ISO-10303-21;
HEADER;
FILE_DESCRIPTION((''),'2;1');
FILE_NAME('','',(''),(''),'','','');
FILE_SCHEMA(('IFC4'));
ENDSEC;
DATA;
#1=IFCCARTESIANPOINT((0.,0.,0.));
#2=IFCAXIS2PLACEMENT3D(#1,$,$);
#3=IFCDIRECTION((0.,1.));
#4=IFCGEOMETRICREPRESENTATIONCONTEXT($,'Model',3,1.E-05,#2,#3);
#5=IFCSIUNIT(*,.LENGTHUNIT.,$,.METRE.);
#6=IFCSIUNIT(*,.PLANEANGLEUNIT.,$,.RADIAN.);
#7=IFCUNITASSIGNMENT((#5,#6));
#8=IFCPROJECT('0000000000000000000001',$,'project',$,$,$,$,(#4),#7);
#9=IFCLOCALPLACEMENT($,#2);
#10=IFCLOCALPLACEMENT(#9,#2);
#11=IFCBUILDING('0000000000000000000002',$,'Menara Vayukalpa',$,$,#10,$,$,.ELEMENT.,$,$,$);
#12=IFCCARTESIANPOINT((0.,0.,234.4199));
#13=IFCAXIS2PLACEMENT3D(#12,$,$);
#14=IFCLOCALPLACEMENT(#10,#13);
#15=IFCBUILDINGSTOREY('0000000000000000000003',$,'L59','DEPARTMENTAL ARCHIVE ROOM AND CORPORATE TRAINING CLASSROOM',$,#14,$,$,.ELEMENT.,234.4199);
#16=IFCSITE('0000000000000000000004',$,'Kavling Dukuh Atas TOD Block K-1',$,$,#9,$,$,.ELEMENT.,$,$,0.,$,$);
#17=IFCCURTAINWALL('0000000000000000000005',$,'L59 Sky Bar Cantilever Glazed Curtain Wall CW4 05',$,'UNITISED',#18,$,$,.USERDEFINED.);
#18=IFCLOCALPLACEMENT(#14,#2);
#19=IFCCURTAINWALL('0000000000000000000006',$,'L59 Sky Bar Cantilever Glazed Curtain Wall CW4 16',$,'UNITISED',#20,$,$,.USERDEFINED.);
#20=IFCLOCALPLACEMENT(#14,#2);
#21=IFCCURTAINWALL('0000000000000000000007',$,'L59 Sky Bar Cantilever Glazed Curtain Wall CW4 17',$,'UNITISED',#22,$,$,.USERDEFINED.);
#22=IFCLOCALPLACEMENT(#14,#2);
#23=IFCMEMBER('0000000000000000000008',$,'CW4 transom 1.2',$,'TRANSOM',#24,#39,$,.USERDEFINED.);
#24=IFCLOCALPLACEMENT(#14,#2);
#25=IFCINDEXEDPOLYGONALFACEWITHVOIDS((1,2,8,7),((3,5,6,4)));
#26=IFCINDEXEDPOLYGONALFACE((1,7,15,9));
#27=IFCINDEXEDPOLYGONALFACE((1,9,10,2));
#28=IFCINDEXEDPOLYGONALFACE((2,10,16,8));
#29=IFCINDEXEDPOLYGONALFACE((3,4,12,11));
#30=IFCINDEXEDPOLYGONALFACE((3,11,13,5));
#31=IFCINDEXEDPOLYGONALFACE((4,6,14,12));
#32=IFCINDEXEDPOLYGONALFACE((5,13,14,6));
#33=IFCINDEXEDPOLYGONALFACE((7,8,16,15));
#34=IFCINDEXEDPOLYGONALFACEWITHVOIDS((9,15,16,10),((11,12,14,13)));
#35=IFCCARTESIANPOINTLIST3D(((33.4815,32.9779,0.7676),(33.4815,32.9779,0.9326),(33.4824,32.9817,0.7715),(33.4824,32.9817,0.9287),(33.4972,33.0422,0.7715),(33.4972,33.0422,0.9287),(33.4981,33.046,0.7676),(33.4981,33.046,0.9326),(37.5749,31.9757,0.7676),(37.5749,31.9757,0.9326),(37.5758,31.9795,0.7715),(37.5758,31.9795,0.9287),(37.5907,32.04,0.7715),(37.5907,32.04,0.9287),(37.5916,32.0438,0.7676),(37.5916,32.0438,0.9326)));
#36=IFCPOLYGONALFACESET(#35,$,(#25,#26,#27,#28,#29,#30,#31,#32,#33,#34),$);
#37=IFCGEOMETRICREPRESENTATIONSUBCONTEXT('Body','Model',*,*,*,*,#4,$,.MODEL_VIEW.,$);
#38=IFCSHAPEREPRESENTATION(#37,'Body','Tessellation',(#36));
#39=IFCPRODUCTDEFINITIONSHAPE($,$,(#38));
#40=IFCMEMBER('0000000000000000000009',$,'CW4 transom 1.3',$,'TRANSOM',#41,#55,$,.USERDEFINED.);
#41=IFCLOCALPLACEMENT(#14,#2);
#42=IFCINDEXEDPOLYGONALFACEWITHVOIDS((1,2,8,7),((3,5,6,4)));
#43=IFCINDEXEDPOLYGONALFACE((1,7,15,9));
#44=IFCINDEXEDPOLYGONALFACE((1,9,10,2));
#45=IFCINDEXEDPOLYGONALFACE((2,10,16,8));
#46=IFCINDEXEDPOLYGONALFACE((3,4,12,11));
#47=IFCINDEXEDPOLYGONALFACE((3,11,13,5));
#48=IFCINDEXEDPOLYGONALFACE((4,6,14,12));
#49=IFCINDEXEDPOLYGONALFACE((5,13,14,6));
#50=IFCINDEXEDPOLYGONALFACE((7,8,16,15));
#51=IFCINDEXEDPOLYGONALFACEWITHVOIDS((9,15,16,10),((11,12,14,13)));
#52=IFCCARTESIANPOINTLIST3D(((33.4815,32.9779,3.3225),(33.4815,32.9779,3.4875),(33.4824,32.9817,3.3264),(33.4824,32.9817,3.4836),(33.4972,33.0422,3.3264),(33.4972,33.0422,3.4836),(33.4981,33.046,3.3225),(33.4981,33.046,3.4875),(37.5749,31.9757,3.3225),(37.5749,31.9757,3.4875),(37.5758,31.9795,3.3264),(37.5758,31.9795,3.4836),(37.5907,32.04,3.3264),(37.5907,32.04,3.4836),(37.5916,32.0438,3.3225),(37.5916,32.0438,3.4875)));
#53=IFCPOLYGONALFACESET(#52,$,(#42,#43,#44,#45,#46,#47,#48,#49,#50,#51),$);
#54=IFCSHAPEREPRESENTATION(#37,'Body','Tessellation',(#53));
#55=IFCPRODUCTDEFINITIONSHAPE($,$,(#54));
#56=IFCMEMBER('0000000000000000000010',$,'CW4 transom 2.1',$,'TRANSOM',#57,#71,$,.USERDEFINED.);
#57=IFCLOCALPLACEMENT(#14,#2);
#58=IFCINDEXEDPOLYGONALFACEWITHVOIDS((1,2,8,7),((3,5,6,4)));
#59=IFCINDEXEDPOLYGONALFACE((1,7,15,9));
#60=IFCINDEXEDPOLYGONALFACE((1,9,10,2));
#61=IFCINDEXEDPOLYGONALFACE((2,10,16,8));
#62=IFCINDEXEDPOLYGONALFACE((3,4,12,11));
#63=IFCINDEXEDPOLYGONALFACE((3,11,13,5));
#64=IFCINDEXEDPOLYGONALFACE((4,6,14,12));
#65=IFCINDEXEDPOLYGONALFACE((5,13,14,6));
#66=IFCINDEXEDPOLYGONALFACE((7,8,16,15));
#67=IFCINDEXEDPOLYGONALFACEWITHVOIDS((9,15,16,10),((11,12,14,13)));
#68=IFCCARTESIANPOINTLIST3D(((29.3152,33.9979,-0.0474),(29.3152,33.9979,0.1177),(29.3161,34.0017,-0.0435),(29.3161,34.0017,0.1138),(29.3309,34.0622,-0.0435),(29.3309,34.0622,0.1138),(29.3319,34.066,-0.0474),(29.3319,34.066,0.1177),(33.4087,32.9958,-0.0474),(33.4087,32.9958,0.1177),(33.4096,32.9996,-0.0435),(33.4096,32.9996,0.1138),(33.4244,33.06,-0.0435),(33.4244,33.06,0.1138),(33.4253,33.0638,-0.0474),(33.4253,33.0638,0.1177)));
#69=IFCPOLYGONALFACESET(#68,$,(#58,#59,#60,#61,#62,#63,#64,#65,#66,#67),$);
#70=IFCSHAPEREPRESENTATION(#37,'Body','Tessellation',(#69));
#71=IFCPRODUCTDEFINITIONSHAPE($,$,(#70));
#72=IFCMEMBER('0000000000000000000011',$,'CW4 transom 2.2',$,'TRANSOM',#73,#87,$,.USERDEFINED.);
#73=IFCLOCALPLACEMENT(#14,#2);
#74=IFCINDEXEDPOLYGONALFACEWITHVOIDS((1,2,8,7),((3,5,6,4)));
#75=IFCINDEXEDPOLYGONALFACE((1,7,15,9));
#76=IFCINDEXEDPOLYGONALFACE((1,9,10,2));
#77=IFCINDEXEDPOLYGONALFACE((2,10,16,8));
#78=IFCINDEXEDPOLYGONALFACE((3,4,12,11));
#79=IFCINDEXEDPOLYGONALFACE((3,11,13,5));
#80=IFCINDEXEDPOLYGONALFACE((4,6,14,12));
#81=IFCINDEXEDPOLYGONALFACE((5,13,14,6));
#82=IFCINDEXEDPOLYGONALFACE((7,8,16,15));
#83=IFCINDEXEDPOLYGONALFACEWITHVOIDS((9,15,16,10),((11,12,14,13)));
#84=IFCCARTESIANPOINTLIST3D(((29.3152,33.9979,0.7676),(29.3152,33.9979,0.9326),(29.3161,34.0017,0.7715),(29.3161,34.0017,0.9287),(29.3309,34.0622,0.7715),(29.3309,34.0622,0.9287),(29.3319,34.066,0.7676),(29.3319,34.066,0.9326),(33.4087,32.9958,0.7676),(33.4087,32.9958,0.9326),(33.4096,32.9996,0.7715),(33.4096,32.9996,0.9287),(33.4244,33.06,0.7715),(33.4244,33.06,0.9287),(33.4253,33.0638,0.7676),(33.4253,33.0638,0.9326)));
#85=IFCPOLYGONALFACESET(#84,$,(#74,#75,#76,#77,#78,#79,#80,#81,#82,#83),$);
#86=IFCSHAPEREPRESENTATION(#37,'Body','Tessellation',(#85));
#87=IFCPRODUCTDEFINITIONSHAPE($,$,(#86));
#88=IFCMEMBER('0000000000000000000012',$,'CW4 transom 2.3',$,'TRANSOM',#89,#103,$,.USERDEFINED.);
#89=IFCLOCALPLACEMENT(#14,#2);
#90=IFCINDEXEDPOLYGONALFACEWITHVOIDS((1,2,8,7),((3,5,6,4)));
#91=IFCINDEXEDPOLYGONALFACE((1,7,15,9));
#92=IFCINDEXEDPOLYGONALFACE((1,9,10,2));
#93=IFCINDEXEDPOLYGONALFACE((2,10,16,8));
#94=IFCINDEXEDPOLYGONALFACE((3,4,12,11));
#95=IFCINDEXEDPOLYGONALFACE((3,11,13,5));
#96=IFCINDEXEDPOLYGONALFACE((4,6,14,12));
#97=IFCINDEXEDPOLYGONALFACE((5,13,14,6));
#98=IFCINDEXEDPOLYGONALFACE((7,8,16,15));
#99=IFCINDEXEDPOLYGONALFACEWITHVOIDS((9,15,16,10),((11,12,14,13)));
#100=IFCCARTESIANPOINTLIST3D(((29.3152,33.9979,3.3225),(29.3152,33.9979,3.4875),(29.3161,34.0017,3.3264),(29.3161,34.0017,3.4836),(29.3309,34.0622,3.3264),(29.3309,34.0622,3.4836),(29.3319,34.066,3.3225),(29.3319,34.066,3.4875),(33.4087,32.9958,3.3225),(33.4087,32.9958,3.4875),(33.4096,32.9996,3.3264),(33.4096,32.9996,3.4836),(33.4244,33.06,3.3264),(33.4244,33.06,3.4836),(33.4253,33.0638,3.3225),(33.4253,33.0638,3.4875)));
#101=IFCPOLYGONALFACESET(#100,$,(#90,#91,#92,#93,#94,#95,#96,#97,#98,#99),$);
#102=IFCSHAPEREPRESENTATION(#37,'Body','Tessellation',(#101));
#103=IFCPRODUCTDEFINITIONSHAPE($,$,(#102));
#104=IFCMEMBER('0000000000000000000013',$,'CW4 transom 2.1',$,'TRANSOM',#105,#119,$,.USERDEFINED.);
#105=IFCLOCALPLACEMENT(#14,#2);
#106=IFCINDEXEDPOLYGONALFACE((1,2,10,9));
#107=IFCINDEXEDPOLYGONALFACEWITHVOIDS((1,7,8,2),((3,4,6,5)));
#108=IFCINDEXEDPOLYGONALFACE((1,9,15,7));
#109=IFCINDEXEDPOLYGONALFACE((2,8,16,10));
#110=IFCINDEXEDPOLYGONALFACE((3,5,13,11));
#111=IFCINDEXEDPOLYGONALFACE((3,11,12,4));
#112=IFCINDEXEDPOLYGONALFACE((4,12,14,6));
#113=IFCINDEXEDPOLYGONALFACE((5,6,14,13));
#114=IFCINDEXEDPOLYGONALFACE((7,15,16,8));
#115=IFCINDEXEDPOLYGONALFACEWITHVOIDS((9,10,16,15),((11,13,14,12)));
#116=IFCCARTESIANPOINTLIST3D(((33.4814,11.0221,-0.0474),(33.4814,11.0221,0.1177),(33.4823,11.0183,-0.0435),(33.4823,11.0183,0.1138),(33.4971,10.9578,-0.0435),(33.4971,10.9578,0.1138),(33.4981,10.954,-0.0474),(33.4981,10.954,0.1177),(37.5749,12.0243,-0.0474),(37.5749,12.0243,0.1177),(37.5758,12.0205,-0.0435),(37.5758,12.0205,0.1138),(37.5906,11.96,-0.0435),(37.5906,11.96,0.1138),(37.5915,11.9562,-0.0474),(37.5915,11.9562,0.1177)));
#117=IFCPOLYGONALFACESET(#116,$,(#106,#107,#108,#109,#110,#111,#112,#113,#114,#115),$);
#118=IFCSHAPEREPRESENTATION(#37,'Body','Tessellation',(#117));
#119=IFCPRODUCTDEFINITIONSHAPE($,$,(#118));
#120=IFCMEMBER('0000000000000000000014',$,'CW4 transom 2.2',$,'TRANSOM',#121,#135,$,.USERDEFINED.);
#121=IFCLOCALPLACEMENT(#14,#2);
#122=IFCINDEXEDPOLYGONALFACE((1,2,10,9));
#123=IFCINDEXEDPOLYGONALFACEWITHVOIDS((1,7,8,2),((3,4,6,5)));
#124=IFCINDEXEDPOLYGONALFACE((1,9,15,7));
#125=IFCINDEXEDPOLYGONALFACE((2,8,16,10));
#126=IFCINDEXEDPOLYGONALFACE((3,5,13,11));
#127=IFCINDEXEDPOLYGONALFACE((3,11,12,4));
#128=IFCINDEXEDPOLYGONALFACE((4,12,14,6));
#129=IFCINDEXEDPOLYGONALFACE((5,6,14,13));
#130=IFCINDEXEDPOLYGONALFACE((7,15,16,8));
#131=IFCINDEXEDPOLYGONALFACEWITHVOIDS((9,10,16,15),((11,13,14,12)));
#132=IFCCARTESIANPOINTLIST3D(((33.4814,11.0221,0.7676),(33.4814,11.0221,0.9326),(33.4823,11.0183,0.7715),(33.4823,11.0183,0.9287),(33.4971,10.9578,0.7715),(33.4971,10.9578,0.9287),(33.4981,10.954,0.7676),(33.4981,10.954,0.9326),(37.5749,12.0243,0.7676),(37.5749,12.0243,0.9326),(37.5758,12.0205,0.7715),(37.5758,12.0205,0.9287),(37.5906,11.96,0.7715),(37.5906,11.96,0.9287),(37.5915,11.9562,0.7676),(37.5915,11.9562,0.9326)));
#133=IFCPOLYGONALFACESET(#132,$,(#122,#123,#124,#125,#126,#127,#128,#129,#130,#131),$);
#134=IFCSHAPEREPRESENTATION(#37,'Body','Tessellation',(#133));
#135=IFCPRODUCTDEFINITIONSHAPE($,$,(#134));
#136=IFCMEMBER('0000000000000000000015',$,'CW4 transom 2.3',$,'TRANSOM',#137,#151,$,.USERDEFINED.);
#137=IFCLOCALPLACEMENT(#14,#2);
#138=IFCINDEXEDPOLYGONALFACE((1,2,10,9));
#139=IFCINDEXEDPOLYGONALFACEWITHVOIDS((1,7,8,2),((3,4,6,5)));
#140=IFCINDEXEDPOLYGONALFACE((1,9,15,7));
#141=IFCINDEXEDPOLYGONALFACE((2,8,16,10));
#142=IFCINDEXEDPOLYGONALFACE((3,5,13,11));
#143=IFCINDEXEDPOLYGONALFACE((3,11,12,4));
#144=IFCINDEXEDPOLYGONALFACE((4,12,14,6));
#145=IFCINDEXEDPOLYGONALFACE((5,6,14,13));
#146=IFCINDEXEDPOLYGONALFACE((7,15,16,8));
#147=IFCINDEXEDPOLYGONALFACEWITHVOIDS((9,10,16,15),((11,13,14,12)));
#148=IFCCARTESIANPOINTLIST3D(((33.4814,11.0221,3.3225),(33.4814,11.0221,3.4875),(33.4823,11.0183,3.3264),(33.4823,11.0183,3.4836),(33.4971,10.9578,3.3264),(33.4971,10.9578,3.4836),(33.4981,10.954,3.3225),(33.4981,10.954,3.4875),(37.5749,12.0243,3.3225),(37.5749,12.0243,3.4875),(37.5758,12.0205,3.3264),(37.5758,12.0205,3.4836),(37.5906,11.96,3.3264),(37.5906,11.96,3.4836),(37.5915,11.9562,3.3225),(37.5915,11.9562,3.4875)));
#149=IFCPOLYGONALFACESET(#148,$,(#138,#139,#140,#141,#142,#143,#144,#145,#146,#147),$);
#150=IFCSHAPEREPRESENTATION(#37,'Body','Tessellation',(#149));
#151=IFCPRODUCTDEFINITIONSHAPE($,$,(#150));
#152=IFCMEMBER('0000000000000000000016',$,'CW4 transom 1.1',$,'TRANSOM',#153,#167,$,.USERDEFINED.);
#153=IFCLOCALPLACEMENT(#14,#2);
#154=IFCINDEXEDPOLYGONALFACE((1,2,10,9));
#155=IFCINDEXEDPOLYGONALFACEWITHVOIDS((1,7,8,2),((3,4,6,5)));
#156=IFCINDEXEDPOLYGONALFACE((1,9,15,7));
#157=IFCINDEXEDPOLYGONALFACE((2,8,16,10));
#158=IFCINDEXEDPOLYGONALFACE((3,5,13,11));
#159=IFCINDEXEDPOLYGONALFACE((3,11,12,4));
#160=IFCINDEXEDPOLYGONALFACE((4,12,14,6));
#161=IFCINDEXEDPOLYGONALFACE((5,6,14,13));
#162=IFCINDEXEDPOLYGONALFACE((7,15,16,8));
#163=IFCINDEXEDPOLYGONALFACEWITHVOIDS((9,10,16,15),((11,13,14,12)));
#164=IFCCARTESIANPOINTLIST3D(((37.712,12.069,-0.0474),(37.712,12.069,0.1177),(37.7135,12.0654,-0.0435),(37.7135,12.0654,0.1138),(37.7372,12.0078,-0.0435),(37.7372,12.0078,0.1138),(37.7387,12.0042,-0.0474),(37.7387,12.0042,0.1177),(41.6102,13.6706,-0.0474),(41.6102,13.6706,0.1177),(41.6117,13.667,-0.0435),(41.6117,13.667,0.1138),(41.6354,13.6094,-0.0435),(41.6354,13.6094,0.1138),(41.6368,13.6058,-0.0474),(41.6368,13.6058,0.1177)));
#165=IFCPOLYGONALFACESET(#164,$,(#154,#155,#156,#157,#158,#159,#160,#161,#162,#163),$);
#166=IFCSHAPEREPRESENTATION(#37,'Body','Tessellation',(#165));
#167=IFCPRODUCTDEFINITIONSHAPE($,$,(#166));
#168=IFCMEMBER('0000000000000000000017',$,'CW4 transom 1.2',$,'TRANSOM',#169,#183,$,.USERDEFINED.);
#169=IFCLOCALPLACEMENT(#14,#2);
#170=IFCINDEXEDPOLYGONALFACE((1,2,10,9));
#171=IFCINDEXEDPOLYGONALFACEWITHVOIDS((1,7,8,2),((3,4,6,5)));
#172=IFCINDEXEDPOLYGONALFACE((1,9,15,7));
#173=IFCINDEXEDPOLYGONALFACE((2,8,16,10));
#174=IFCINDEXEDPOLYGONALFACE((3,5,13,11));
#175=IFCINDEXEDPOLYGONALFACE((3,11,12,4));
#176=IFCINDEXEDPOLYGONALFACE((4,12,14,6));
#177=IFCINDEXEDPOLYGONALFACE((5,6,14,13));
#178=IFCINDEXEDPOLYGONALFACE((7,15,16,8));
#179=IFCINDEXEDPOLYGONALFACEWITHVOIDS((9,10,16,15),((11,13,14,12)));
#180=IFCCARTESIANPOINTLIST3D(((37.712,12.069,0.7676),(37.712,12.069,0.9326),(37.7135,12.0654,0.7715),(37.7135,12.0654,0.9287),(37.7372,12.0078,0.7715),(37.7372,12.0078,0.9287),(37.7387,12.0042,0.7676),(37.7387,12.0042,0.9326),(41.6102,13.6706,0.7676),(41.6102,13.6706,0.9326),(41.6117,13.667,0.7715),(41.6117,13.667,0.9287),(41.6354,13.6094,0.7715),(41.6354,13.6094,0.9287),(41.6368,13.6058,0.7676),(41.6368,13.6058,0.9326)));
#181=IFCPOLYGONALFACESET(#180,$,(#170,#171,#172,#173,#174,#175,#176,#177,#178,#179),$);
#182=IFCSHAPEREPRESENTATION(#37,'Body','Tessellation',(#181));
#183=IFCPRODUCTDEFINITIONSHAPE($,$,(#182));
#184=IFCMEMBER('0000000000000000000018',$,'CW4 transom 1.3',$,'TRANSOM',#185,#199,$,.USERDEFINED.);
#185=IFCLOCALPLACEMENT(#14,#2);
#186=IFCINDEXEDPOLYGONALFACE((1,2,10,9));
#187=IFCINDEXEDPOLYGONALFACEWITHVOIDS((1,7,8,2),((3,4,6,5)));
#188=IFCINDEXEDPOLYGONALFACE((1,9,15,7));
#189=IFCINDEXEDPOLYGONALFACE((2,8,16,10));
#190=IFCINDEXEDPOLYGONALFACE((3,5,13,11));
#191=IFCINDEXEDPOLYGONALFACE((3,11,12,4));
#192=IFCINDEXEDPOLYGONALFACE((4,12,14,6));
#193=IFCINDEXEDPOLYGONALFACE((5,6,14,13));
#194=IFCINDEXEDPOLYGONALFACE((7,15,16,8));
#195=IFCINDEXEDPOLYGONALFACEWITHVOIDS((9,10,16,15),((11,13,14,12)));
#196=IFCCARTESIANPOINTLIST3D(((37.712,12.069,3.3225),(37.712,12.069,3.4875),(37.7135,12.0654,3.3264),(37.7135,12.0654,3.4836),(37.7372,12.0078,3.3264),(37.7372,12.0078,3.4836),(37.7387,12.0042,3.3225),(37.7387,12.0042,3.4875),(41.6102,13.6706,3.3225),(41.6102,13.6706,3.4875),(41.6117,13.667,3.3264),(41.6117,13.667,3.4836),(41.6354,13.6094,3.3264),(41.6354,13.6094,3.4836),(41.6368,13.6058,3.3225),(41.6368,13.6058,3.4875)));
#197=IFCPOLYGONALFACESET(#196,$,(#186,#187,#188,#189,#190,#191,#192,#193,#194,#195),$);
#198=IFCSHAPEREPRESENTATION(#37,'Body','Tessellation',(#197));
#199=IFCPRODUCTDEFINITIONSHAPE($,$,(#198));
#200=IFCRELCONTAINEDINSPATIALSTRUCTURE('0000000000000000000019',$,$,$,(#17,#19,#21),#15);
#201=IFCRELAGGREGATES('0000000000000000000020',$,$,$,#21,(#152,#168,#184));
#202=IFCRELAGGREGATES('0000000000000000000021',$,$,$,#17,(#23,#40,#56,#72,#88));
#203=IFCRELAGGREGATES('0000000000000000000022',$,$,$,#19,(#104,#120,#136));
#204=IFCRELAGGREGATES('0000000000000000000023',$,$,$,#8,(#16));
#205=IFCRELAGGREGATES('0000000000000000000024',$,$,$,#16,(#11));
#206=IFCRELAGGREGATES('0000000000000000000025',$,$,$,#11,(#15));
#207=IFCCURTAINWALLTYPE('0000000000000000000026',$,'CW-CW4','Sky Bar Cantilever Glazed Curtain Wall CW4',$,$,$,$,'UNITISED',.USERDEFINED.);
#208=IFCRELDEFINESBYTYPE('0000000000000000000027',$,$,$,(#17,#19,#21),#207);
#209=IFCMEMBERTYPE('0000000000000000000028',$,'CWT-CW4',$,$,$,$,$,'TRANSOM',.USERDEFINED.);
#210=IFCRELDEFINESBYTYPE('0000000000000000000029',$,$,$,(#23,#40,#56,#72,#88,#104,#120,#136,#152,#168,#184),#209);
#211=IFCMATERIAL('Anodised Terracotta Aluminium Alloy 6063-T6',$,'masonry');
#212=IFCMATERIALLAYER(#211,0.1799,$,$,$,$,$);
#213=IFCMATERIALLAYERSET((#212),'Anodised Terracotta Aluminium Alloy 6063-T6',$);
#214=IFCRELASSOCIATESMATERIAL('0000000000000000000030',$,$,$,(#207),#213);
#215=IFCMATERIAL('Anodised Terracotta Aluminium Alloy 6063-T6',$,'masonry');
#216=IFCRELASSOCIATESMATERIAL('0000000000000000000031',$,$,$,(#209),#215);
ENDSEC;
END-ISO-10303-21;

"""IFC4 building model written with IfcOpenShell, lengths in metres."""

from ifc_helpers import new_model, si_unit, direction, frame, origin, origin_2d, place, context, subcontext, project, spatial, hollow_rectangle, extrude, material, layer, layer_set, material_profile, profile_set, type_object, element, aggregate, save


model = new_model("IFC4")

# Units and contexts
model_context = context("Model", 3, precision=1e-05, world=origin(), true_north=direction((0.0, 1.0)))
body_context = subcontext(model_context, "Body", "Model", "MODEL_VIEW")
ifc_project = project(units=[si_unit("LENGTHUNIT", "METRE"), si_unit("PLANEANGLEUNIT", "RADIAN")], contexts=[model_context])

# Site, building, storey
site_placement = place(None, origin())
site = spatial("IfcSite", under=ifc_project, at=site_placement, Name="Kavling Dukuh Atas TOD Block K-1", CompositionType="ELEMENT", RefElevation=0.0)
building_placement = place(site_placement, origin())
building = spatial("IfcBuilding", under=site, at=building_placement, Name="Menara Vayukalpa", CompositionType="ELEMENT")
storey_placement = place(building_placement, frame((0.0, 0.0, 234.4199)))
storey = spatial("IfcBuildingStorey", under=building, at=storey_placement, Name="L59", Description="DEPARTMENTAL ARCHIVE ROOM AND CORPORATE TRAINING CLASSROOM", CompositionType="ELEMENT", Elevation=234.4199)

# Shared definitions
ifc_material_1 = material(Name="Anodised Terracotta Aluminium Alloy 6063-T6", Category="masonry")
ifc_layer_1 = layer(ifc_material_1, 0.1799)
ifc_layer_set_1 = layer_set([ifc_layer_1], Name="Anodised Terracotta Aluminium Alloy 6063-T6")
curtain_wall_type = type_object("IfcCurtainWallType", Name="CW-CW4", Description="Sky Bar Cantilever Glazed Curtain Wall CW4", ElementType="UNITISED", PredefinedType="USERDEFINED", material=ifc_layer_set_1)

# Curtain walls
curtain_wall_1_placement = place(storey_placement, origin())
curtain_wall_1 = element("IfcCurtainWall", 1, at=curtain_wall_1_placement, inside=storey, type_object=curtain_wall_type, Name="L59 Sky Bar Cantilever Glazed Curtain Wall CW4 05", ObjectType="UNITISED", PredefinedType="USERDEFINED")
curtain_wall_2_placement = place(storey_placement, origin())
curtain_wall_2 = element("IfcCurtainWall", 2, at=curtain_wall_2_placement, inside=storey, type_object=curtain_wall_type, Name="L59 Sky Bar Cantilever Glazed Curtain Wall CW4 16", ObjectType="UNITISED", PredefinedType="USERDEFINED")

# Curtain wall
curtain_wall_3_placement = place(storey_placement, origin())
curtain_wall_3 = element("IfcCurtainWall", 3, at=curtain_wall_3_placement, inside=storey, type_object=curtain_wall_type, Name="L59 Sky Bar Cantilever Glazed Curtain Wall CW4 17", ObjectType="UNITISED", PredefinedType="USERDEFINED")

# Members
ifc_material_2 = material(Name="Anodised Terracotta Aluminium Alloy 6063-T6", Category="masonry")
ifc_material_profile_1 = material_profile(ifc_material_2, hollow_rectangle(XDim=0.0701, YDim=0.165, WallThickness=0.0039, at=origin_2d()), Name="ALU 70x165x4")
ifc_profile_set_1 = profile_set([ifc_material_profile_1], Name="Anodised Terracotta Aluminium Alloy 6063-T6")
member_type_1 = type_object("IfcMemberType", Name="CWT-CW4", ElementType="TRANSOM", PredefinedType="USERDEFINED", material=ifc_profile_set_1)
member_1_placement = place(storey_placement, frame((37.5833, 32.0098, 0.8501), z_axis=(-0.971313, 0.237803, 0.0), x_axis=(-0.237803, -0.971313, 0.0)))
member_1 = element("IfcMember", 4, at=member_1_placement, type_object=member_type_1, Name="CW4 transom 1.2", ObjectType="TRANSOM", PredefinedType="USERDEFINED", context=body_context, shape_type="SweptSolid", body=[
    extrude(hollow_rectangle(XDim=0.0701, YDim=0.165, WallThickness=0.0039, at=origin_2d()), origin(), (0.0, 0.0, 1.0), 4.2144),
])
member_2_placement = place(storey_placement, frame((37.5833, 32.0098, 3.405), z_axis=(-0.971313, 0.237803, 0.0), x_axis=(-0.237803, -0.971313, 0.0)))
member_2 = element("IfcMember", 5, at=member_2_placement, type_object=member_type_1, Name="CW4 transom 1.3", ObjectType="TRANSOM", PredefinedType="USERDEFINED", context=body_context, shape_type="SweptSolid", body=[
    extrude(hollow_rectangle(XDim=0.0701, YDim=0.165, WallThickness=0.0039, at=origin_2d()), origin(), (0.0, 0.0, 1.0), 4.2144),
])
member_3_placement = place(storey_placement, frame((33.417, 33.0298, 0.0352), z_axis=(-0.971313, 0.237803, 0.0), x_axis=(-0.237803, -0.971313, 0.0)))
member_3 = element("IfcMember", 6, at=member_3_placement, type_object=member_type_1, Name="CW4 transom 2.1", ObjectType="TRANSOM", PredefinedType="USERDEFINED", context=body_context, shape_type="SweptSolid", body=[
    extrude(hollow_rectangle(XDim=0.0701, YDim=0.165, WallThickness=0.0039, at=origin_2d()), origin(), (0.0, 0.0, 1.0), 4.2144),
])
member_4_placement = place(storey_placement, frame((33.417, 33.0298, 0.8501), z_axis=(-0.971313, 0.237803, 0.0), x_axis=(-0.237803, -0.971313, 0.0)))
member_4 = element("IfcMember", 7, at=member_4_placement, type_object=member_type_1, Name="CW4 transom 2.2", ObjectType="TRANSOM", PredefinedType="USERDEFINED", context=body_context, shape_type="SweptSolid", body=[
    extrude(hollow_rectangle(XDim=0.0701, YDim=0.165, WallThickness=0.0039, at=origin_2d()), origin(), (0.0, 0.0, 1.0), 4.2144),
])
member_5_placement = place(storey_placement, frame((33.417, 33.0298, 3.405), z_axis=(-0.971313, 0.237803, 0.0), x_axis=(-0.237803, -0.971313, 0.0)))
member_5 = element("IfcMember", 8, at=member_5_placement, type_object=member_type_1, Name="CW4 transom 2.3", ObjectType="TRANSOM", PredefinedType="USERDEFINED", context=body_context, shape_type="SweptSolid", body=[
    extrude(hollow_rectangle(XDim=0.0701, YDim=0.165, WallThickness=0.0039, at=origin_2d()), origin(), (0.0, 0.0, 1.0), 4.2144),
])
member_6_placement = place(storey_placement, frame((33.4897, 10.988, 0.0352), z_axis=(0.971313, 0.237803, 0.0), x_axis=(-0.237803, 0.971313, 0.0)))
member_6 = element("IfcMember", 9, at=member_6_placement, type_object=member_type_1, Name="CW4 transom 2.1", ObjectType="TRANSOM", PredefinedType="USERDEFINED", context=body_context, shape_type="SweptSolid", body=[
    extrude(hollow_rectangle(XDim=0.0701, YDim=0.165, WallThickness=0.0039, at=origin_2d()), origin(), (0.0, 0.0, 1.0), 4.2144),
])
member_7_placement = place(storey_placement, frame((33.4897, 10.988, 0.8501), z_axis=(0.971313, 0.237803, 0.0), x_axis=(-0.237803, 0.971313, 0.0)))
member_7 = element("IfcMember", 10, at=member_7_placement, type_object=member_type_1, Name="CW4 transom 2.2", ObjectType="TRANSOM", PredefinedType="USERDEFINED", context=body_context, shape_type="SweptSolid", body=[
    extrude(hollow_rectangle(XDim=0.0701, YDim=0.165, WallThickness=0.0039, at=origin_2d()), origin(), (0.0, 0.0, 1.0), 4.2144),
])
member_8_placement = place(storey_placement, frame((33.4897, 10.988, 3.405), z_axis=(0.971313, 0.237803, 0.0), x_axis=(-0.237803, 0.971313, 0.0)))
member_8 = element("IfcMember", 11, at=member_8_placement, type_object=member_type_1, Name="CW4 transom 2.3", ObjectType="TRANSOM", PredefinedType="USERDEFINED", context=body_context, shape_type="SweptSolid", body=[
    extrude(hollow_rectangle(XDim=0.0701, YDim=0.165, WallThickness=0.0039, at=origin_2d()), origin(), (0.0, 0.0, 1.0), 4.2144),
])
member_9_placement = place(storey_placement, frame((37.7253, 12.0366, 0.0352), z_axis=(0.924977, 0.380024, 0.0), x_axis=(-0.380024, 0.924977, 0.0)))
member_9 = element("IfcMember", 12, at=member_9_placement, type_object=member_type_1, Name="CW4 transom 1.1", ObjectType="TRANSOM", PredefinedType="USERDEFINED", context=body_context, shape_type="SweptSolid", body=[
    extrude(hollow_rectangle(XDim=0.0701, YDim=0.165, WallThickness=0.0039, at=origin_2d()), origin(), (0.0, 0.0, 1.0), 4.2144),
])
member_10_placement = place(storey_placement, frame((37.7253, 12.0366, 0.8501), z_axis=(0.924977, 0.380024, 0.0), x_axis=(-0.380024, 0.924977, 0.0)))
member_10 = element("IfcMember", 13, at=member_10_placement, type_object=member_type_1, Name="CW4 transom 1.2", ObjectType="TRANSOM", PredefinedType="USERDEFINED", context=body_context, shape_type="SweptSolid", body=[
    extrude(hollow_rectangle(XDim=0.0701, YDim=0.165, WallThickness=0.0039, at=origin_2d()), origin(), (0.0, 0.0, 1.0), 4.2144),
])
member_11_placement = place(storey_placement, frame((37.7253, 12.0366, 3.405), z_axis=(0.924977, 0.380024, 0.0), x_axis=(-0.380024, 0.924977, 0.0)))
member_11 = element("IfcMember", 14, at=member_11_placement, type_object=member_type_1, Name="CW4 transom 1.3", ObjectType="TRANSOM", PredefinedType="USERDEFINED", context=body_context, shape_type="SweptSolid", body=[
    extrude(hollow_rectangle(XDim=0.0701, YDim=0.165, WallThickness=0.0039, at=origin_2d()), origin(), (0.0, 0.0, 1.0), 4.2144),
])
aggregate(curtain_wall_3, [member_9, member_10, member_11])

aggregate(curtain_wall_1, [member_1, member_2, member_3, member_4, member_5])
aggregate(curtain_wall_2, [member_6, member_7, member_8])

save(model, "model.ifc")
